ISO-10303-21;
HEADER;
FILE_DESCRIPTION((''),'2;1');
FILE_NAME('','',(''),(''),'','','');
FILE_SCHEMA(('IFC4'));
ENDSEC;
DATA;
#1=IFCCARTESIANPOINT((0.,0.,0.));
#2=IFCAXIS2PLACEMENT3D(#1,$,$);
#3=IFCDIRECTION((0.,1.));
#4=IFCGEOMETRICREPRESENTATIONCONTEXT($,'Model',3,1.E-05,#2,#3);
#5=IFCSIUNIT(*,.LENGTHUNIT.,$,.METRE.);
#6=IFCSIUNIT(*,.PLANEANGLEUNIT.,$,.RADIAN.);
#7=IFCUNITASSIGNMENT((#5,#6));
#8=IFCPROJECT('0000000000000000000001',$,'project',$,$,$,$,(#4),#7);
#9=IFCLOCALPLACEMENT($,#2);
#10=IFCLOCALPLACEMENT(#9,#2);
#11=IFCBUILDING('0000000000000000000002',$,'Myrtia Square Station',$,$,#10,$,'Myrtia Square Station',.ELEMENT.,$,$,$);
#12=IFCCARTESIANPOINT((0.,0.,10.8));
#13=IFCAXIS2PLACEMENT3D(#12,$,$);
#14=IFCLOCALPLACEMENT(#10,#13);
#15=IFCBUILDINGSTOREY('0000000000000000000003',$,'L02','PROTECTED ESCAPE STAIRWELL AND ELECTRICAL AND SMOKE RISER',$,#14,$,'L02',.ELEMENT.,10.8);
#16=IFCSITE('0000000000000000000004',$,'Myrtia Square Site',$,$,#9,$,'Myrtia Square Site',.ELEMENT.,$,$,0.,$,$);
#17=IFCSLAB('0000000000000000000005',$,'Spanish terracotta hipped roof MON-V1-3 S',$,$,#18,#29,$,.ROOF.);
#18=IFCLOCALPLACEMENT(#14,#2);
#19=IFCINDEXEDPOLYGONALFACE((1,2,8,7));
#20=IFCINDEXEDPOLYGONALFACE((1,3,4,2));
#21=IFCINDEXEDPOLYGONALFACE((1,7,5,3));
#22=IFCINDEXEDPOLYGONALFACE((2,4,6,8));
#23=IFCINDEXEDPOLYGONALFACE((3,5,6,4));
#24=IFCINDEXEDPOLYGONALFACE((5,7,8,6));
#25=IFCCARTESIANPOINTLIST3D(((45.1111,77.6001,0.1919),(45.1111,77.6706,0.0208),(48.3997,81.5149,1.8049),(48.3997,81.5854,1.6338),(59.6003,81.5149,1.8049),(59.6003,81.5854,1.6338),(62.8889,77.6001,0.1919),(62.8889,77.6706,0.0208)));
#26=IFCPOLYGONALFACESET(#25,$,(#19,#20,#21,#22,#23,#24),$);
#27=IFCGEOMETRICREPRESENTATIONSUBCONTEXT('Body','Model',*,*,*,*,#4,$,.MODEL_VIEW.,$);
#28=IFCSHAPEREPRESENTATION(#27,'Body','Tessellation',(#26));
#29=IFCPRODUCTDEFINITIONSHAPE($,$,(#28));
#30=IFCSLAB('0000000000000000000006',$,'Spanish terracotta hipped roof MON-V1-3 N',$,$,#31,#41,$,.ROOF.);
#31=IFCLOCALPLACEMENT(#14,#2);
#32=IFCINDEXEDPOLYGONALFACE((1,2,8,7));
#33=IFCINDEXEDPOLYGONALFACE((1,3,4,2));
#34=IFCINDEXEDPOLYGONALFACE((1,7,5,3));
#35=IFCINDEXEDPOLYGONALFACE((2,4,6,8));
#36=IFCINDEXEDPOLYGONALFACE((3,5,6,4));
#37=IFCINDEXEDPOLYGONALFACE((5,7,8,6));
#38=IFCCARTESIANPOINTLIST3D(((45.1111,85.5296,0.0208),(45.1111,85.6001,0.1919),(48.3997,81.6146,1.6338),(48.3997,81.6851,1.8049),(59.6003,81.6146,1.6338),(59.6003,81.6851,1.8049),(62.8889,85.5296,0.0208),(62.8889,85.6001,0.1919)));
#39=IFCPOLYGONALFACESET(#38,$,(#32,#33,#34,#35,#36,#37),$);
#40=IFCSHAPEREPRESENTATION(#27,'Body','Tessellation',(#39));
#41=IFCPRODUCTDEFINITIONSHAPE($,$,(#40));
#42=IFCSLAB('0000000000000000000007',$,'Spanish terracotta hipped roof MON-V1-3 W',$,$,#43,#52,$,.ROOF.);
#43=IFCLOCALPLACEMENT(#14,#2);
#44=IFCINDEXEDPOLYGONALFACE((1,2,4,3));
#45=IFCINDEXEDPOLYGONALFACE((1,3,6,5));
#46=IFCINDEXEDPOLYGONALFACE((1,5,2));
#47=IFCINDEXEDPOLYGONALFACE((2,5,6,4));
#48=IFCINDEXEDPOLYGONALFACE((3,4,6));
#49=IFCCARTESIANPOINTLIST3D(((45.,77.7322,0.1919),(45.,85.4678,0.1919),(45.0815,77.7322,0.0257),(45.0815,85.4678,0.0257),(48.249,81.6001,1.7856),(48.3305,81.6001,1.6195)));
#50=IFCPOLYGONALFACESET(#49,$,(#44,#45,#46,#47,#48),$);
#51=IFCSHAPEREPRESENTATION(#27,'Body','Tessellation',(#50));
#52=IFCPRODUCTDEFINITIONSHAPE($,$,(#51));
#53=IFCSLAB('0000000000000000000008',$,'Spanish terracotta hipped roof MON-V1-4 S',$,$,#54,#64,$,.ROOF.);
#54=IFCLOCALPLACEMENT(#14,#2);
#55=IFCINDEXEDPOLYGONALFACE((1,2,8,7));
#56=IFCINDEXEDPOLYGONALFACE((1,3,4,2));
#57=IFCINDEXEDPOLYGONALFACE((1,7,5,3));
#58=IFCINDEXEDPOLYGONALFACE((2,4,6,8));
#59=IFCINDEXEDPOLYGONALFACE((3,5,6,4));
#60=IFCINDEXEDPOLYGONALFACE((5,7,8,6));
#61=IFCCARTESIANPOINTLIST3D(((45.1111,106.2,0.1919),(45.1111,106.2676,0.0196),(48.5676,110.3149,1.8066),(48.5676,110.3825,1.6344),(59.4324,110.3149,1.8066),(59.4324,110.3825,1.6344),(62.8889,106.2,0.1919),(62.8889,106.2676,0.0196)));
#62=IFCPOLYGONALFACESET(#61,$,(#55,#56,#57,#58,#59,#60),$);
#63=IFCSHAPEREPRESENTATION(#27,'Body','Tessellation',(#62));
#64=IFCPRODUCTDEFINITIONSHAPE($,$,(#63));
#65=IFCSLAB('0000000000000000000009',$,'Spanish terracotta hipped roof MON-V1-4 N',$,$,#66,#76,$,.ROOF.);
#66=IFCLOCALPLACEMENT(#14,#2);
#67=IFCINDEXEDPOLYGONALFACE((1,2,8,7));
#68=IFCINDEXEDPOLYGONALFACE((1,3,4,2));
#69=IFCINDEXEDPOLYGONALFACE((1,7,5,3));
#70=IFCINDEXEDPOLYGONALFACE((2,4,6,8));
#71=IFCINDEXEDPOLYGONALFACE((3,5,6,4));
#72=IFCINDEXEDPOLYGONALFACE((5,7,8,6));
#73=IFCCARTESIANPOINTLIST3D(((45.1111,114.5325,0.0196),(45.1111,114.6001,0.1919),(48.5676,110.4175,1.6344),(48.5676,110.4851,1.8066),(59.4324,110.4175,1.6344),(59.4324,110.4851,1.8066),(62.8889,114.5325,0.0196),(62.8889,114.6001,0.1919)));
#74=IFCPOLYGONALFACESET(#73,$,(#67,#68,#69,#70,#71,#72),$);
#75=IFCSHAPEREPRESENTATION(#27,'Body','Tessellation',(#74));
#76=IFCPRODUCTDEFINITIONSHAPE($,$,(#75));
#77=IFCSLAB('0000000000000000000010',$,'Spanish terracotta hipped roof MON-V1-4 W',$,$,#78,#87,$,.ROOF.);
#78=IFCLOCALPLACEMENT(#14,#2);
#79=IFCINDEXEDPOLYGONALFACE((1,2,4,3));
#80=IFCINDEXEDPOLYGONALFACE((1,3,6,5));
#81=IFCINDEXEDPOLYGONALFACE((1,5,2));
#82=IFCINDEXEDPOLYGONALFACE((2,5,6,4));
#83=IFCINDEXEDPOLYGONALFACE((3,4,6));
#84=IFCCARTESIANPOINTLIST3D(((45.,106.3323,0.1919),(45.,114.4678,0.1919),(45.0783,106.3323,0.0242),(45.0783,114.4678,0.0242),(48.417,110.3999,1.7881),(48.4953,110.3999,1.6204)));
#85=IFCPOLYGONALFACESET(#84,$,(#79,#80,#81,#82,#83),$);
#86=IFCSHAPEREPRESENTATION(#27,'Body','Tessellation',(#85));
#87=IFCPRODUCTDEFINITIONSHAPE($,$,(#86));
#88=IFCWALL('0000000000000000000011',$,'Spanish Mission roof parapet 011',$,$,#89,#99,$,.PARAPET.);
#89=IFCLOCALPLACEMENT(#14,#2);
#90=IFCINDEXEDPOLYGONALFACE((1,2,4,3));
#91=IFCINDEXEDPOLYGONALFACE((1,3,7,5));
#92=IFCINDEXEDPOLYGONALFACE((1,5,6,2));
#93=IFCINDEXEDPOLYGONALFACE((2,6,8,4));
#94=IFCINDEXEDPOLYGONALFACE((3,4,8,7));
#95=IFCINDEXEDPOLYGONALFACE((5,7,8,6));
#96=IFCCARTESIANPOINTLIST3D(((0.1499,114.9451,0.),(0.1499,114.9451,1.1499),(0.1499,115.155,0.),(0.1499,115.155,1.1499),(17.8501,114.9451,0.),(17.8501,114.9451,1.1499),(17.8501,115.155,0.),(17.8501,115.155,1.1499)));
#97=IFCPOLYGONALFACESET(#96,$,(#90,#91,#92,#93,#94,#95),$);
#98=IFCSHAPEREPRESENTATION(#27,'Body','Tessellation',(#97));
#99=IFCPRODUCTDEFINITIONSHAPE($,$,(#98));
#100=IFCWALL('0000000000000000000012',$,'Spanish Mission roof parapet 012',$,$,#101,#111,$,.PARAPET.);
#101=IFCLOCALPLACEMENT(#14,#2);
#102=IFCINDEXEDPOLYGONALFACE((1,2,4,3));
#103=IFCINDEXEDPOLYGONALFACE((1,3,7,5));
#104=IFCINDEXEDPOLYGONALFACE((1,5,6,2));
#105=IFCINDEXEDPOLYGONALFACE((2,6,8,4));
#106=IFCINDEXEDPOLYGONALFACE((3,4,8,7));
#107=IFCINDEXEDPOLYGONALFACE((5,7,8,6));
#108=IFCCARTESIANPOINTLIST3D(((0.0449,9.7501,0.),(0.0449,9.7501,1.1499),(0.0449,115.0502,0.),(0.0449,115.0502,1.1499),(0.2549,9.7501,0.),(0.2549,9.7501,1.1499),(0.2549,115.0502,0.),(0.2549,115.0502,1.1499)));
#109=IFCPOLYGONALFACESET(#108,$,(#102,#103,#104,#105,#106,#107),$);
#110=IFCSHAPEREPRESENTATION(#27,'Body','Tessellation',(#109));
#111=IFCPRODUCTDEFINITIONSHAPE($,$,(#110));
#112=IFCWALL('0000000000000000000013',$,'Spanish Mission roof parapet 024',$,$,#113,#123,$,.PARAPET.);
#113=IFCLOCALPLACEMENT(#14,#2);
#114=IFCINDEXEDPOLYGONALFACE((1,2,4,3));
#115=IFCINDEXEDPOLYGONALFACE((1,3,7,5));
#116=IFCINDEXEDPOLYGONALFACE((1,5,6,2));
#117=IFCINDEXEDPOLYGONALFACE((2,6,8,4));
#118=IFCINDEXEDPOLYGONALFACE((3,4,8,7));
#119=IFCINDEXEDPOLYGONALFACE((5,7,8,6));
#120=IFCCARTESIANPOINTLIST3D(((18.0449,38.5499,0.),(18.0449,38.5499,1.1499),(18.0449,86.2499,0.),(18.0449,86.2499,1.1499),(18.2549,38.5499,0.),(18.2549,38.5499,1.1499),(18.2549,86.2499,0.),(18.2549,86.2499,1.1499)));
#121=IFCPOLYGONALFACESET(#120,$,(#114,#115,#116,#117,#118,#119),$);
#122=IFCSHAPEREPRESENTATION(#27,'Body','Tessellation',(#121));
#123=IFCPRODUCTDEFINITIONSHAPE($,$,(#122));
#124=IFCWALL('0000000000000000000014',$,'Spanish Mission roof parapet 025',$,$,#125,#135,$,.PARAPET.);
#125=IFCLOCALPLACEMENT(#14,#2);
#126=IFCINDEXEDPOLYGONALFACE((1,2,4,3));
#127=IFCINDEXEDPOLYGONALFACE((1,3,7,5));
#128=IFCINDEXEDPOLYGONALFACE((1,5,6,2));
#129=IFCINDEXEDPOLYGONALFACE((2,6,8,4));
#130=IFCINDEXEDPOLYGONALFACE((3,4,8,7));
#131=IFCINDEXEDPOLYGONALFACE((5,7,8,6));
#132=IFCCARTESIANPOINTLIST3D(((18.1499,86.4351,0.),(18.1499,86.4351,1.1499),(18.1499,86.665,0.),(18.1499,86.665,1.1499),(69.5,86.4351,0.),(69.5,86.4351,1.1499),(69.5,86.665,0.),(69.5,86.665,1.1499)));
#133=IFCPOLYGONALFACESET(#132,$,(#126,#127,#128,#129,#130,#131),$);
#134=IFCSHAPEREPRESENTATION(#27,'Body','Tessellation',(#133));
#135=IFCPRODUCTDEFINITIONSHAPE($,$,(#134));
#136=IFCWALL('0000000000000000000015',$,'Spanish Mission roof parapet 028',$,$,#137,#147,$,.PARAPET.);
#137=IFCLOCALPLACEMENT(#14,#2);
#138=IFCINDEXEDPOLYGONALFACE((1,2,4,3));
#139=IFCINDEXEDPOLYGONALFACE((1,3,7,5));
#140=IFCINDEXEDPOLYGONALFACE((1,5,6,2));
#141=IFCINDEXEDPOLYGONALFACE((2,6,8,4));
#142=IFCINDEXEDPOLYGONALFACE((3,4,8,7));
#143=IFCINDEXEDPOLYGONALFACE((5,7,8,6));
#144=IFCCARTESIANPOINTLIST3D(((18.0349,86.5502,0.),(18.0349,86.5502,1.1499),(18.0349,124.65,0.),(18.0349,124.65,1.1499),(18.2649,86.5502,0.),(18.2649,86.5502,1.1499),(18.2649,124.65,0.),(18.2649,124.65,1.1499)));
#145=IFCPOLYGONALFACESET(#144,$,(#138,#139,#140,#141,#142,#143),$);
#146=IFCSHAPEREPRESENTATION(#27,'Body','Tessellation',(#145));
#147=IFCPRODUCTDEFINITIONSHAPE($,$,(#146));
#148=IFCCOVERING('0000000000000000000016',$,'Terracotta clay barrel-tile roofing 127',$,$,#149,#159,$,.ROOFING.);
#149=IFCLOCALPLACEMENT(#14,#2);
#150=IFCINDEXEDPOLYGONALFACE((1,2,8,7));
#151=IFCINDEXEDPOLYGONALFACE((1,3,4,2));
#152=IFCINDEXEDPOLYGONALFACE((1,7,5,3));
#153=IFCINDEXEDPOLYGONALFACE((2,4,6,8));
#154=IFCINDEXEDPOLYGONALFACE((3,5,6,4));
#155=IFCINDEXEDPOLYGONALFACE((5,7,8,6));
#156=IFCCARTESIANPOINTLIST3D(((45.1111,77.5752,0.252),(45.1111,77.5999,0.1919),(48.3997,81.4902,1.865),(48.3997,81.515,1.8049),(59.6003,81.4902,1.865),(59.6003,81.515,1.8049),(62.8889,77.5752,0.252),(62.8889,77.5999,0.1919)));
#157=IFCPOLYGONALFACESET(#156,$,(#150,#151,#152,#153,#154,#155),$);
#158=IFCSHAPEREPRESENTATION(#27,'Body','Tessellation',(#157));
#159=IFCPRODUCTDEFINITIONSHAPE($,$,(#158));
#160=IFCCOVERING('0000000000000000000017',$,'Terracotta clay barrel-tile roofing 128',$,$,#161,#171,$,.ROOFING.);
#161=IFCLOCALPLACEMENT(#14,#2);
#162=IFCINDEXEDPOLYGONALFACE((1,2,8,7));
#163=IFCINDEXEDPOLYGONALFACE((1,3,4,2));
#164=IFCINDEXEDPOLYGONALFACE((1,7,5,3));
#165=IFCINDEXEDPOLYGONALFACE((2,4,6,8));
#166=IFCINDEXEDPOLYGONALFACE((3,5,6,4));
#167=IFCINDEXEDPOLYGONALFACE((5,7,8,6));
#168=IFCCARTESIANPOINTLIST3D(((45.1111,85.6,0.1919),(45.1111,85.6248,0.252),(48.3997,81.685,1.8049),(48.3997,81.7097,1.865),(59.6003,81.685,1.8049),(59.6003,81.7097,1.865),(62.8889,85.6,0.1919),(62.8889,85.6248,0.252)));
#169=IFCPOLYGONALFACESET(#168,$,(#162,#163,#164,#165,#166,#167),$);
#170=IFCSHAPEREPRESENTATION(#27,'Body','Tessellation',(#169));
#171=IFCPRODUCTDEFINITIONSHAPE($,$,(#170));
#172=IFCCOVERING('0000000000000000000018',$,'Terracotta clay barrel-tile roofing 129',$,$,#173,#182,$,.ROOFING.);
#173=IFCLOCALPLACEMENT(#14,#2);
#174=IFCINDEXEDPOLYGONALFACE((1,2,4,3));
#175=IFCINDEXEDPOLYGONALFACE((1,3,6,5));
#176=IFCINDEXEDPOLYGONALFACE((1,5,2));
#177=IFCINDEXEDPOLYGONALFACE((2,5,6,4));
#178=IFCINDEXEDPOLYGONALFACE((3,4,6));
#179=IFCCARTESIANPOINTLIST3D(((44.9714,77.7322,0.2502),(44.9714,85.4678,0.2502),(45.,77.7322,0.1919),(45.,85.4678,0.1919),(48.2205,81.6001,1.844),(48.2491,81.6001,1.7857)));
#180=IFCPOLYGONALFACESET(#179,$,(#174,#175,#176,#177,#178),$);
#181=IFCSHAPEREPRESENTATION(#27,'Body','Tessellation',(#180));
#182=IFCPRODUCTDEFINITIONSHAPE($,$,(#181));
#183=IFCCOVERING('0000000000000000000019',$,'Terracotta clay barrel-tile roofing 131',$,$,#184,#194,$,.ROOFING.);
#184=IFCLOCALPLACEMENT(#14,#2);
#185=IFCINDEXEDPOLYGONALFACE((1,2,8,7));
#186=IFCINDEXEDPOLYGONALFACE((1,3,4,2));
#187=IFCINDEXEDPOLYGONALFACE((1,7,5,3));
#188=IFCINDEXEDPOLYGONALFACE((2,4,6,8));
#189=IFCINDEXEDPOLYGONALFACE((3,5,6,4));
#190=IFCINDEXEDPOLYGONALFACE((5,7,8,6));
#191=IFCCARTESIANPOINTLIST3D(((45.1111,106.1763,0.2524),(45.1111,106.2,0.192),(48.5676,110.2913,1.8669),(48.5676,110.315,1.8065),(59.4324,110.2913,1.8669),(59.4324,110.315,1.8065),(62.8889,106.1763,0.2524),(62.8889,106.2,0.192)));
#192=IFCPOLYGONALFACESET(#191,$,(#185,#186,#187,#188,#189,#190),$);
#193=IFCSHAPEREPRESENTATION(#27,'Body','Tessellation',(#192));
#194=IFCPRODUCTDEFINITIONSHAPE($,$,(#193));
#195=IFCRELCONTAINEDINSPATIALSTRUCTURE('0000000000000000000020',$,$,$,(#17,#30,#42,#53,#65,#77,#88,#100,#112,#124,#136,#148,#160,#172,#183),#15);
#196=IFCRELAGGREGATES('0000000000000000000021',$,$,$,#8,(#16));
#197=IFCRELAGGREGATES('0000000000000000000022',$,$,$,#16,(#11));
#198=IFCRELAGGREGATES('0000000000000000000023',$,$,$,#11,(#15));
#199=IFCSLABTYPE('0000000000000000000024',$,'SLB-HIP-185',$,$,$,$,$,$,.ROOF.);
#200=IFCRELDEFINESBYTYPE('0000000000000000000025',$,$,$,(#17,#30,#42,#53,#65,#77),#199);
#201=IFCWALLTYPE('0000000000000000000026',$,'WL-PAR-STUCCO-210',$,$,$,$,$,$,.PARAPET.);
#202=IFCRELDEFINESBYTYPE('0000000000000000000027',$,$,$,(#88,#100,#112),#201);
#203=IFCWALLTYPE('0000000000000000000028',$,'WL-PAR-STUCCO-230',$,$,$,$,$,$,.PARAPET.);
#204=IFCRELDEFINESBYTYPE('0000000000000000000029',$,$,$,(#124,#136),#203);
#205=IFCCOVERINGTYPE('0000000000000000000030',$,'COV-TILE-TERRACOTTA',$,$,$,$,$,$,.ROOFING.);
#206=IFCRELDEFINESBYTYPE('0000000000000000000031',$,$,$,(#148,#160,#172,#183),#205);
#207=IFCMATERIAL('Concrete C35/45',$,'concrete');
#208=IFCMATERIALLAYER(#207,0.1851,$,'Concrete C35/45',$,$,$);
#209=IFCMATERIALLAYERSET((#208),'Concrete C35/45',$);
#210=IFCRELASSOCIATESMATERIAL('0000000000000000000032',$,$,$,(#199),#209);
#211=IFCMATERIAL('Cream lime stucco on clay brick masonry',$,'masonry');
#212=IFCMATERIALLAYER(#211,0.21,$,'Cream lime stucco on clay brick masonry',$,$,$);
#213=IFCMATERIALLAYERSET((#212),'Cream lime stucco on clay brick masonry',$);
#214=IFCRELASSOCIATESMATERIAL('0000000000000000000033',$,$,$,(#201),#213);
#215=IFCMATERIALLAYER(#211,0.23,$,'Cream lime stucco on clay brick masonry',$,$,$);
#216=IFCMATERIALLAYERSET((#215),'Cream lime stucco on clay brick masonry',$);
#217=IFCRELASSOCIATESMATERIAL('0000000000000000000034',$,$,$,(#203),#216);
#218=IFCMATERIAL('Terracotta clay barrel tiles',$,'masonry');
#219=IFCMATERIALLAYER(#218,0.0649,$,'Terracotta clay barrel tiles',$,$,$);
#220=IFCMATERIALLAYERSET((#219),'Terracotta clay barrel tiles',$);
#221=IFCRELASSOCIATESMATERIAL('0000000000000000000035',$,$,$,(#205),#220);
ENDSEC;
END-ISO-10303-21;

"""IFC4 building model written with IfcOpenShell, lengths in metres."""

from ifc_helpers import new_model, si_unit, direction, frame, frame_2d, origin, place, context, subcontext, project, spatial, polyline, rectangle, outline, extrude, material, layer, layer_set, type_object, element, save


model = new_model("IFC4")

# Units and contexts
model_context = context("Model", 3, precision=1e-05, world=origin(), true_north=direction((0.0, 1.0)))
body_context = subcontext(model_context, "Body", "Model", "MODEL_VIEW")
ifc_project = project(units=[si_unit("LENGTHUNIT", "METRE"), si_unit("PLANEANGLEUNIT", "RADIAN")], contexts=[model_context])

# Site, building, storey
site_placement = place(None, origin())
site = spatial("IfcSite", under=ifc_project, at=site_placement, Name="Myrtia Square Site", LongName="Myrtia Square Site", CompositionType="ELEMENT", RefElevation=0.0)
building_placement = place(site_placement, origin())
building = spatial("IfcBuilding", under=site, at=building_placement, Name="Myrtia Square Station", LongName="Myrtia Square Station", CompositionType="ELEMENT")
storey_placement = place(building_placement, frame((0.0, 0.0, 10.8)))
storey = spatial("IfcBuildingStorey", under=building, at=storey_placement, Name="L02", Description="PROTECTED ESCAPE STAIRWELL AND ELECTRICAL AND SMOKE RISER", LongName="L02", CompositionType="ELEMENT", Elevation=10.8)

# Slabs
ifc_material_1 = material(Name="Concrete C35/45", Category="concrete")
ifc_layer_1 = layer(ifc_material_1, 0.1851, Name="Concrete C35/45")
ifc_layer_set_1 = layer_set([ifc_layer_1], Name="Concrete C35/45")
slab_type = type_object("IfcSlabType", Name="SLB-HIP-185", PredefinedType="ROOF", material=ifc_layer_set_1)
slab_1_placement = place(storey_placement, frame((45.1111, 77.6001, 0.1919), z_axis=(0.0, -0.380964, 0.92459), x_axis=(1.0, 0.0, 0.0)))
element("IfcSlab", 1, at=slab_1_placement, inside=storey, type_object=slab_type, Name="Spanish terracotta hipped roof MON-V1-3 S", PredefinedType="ROOF", context=body_context, shape_type="SweptSolid", body=[
    extrude(outline(polyline([(0.0, 0.0), (17.7778, 0.0), (14.4893, 4.2341), (3.2886, 4.2341), (0.0, 0.0)])), origin(), (0.0, 0.0, -1.0), 0.1851),
])
slab_2_placement = place(storey_placement, frame((62.8889, 85.6001, 0.1919), z_axis=(0.0, 0.380944, 0.924598), x_axis=(-1.0, 0.0, 0.0)))
element("IfcSlab", 2, at=slab_2_placement, inside=storey, type_object=slab_type, Name="Spanish terracotta hipped roof MON-V1-3 N", PredefinedType="ROOF", context=body_context, shape_type="SweptSolid", body=[
    extrude(outline(polyline([(0.0, 0.0), (17.7778, 0.0), (14.4893, 4.2343), (3.2886, 4.2343), (0.0, 0.0)])), origin(), (0.0, 0.0, -1.0), 0.1851),
])
slab_3_placement = place(storey_placement, frame((45.0, 85.4678, 0.1919), z_axis=(-0.4404, 0.0, 0.897801), x_axis=(0.0, -1.0, 0.0)))
element("IfcSlab", 3, at=slab_3_placement, inside=storey, type_object=slab_type, Name="Spanish terracotta hipped roof MON-V1-3 W", PredefinedType="ROOF", context=body_context, shape_type="SweptSolid", body=[
    extrude(outline(polyline([(0.0, 0.0), (7.7356, 0.0), (3.8677, 3.6189), (0.0, 0.0)])), origin(), (0.0, 0.0, -1.0), 0.1851),
])
for number, where, z_axis, x_axis, name in (
    (4, (45.1111, 106.2, 0.1919), (0.0, -0.365288, 0.930894), (1.0, 0.0, 0.0), "Spanish terracotta hipped roof MON-V1-4 S"),
    (5, (62.8889, 114.6001, 0.1919), (0.0, 0.365288, 0.930894), (-1.0, 0.0, 0.0), "Spanish terracotta hipped roof MON-V1-4 N"),
):
    element("IfcSlab", number, at=place(storey_placement, frame(where, z_axis=z_axis, x_axis=x_axis)), inside=storey, type_object=slab_type, Name=name, PredefinedType="ROOF", context=body_context, shape_type="SweptSolid", body=[
        extrude(outline(polyline([(0.0, 0.0), (17.7778, 0.0), (14.3213, 4.4205), (3.4565, 4.4205), (0.0, 0.0)])), origin(), (0.0, 0.0, -1.0), 0.1851),
    ])
slab_4_placement = place(storey_placement, frame((45.0, 114.4678, 0.1919), z_axis=(-0.423233, 0.0, 0.906021), x_axis=(0.0, -1.0, 0.0)))
element("IfcSlab", 6, at=slab_4_placement, inside=storey, type_object=slab_type, Name="Spanish terracotta hipped roof MON-V1-4 W", PredefinedType="ROOF", context=body_context, shape_type="SweptSolid", body=[
    extrude(outline(polyline([(0.0, 0.0), (8.1355, 0.0), (4.0679, 3.7714), (0.0, 0.0)])), origin(), (0.0, 0.0, -1.0), 0.1851),
])

# Walls
ifc_material_2 = material(Name="Cream lime stucco on clay brick masonry", Category="masonry")
ifc_layer_2 = layer(ifc_material_2, 0.21, Name="Cream lime stucco on clay brick masonry")
ifc_layer_set_2 = layer_set([ifc_layer_2], Name="Cream lime stucco on clay brick masonry")
wall_type_1 = type_object("IfcWallType", Name="WL-PAR-STUCCO-210", PredefinedType="PARAPET", material=ifc_layer_set_2)
wall_1_placement = place(storey_placement, frame((17.8501, 115.05, 0.0), z_axis=(0.0, 0.0, 1.0), x_axis=(-1.0, 0.0, 0.0)))
element("IfcWall", 7, at=wall_1_placement, inside=storey, type_object=wall_type_1, Name="Spanish Mission roof parapet 011", PredefinedType="PARAPET", context=body_context, shape_type="SweptSolid", body=[
    extrude(rectangle(XDim=17.7002, YDim=0.21, at=frame_2d((8.8501, 0.0))), origin(), (0.0, 0.0, 1.0), 1.1499),
])
wall_2_placement = place(storey_placement, frame((0.1499, 115.05, 0.0), z_axis=(0.0, 0.0, 1.0), x_axis=(0.0, -1.0, 0.0)))
element("IfcWall", 8, at=wall_2_placement, inside=storey, type_object=wall_type_1, Name="Spanish Mission roof parapet 012", PredefinedType="PARAPET", context=body_context, shape_type="SweptSolid", body=[
    extrude(rectangle(XDim=105.3, YDim=0.21, at=frame_2d((52.6499, 0.0))), origin(), (0.0, 0.0, 1.0), 1.1499),
])
wall_3_placement = place(storey_placement, frame((18.1499, 86.25, 0.0), z_axis=(0.0, 0.0, 1.0), x_axis=(0.0, -1.0, 0.0)))
element("IfcWall", 9, at=wall_3_placement, inside=storey, type_object=wall_type_1, Name="Spanish Mission roof parapet 024", PredefinedType="PARAPET", context=body_context, shape_type="SweptSolid", body=[
    extrude(rectangle(XDim=47.7, YDim=0.21, at=frame_2d((23.8501, 0.0))), origin(), (0.0, 0.0, 1.0), 1.1499),
])
ifc_layer_3 = layer(ifc_material_2, 0.23, Name="Cream lime stucco on clay brick masonry")
ifc_layer_set_3 = layer_set([ifc_layer_3], Name="Cream lime stucco on clay brick masonry")
wall_type_2 = type_object("IfcWallType", Name="WL-PAR-STUCCO-230", PredefinedType="PARAPET", material=ifc_layer_set_3)
wall_4_placement = place(storey_placement, frame((18.1499, 86.55, 0.0), z_axis=(0.0, 0.0, 1.0), x_axis=(1.0, 0.0, 0.0)))
element("IfcWall", 10, at=wall_4_placement, inside=storey, type_object=wall_type_2, Name="Spanish Mission roof parapet 025", PredefinedType="PARAPET", context=body_context, shape_type="SweptSolid", body=[
    extrude(rectangle(XDim=51.3501, YDim=0.23, at=frame_2d((25.675, 0.0))), origin(), (0.0, 0.0, 1.0), 1.1499),
])
wall_5_placement = place(storey_placement, frame((18.1499, 124.6499, 0.0), z_axis=(0.0, 0.0, 1.0), x_axis=(0.0, -1.0, 0.0)))
element("IfcWall", 11, at=wall_5_placement, inside=storey, type_object=wall_type_2, Name="Spanish Mission roof parapet 028", PredefinedType="PARAPET", context=body_context, shape_type="SweptSolid", body=[
    extrude(rectangle(XDim=38.0999, YDim=0.23, at=frame_2d((19.0498, 0.0))), origin(), (0.0, 0.0, 1.0), 1.1499),
])

# Coverings
ifc_material_3 = material(Name="Terracotta clay barrel tiles", Category="masonry")
ifc_layer_4 = layer(ifc_material_3, 0.0649, Name="Terracotta clay barrel tiles")
ifc_layer_set_4 = layer_set([ifc_layer_4], Name="Terracotta clay barrel tiles")
covering_type = type_object("IfcCoveringType", Name="COV-TILE-TERRACOTTA", PredefinedType="ROOFING", material=ifc_layer_set_4)
for number, where, z_axis, x_axis, name in (
    (12, (45.1111, 77.5752, 0.252), (0.0, -0.380944, 0.924598), (1.0, 0.0, 0.0), "Terracotta clay barrel-tile roofing 127"),
    (13, (62.8889, 85.6248, 0.252), (0.0, 0.380944, 0.924598), (-1.0, 0.0, 0.0), "Terracotta clay barrel-tile roofing 128"),
):
    element("IfcCovering", number, at=place(storey_placement, frame(where, z_axis=z_axis, x_axis=x_axis)), inside=storey, type_object=covering_type, Name=name, PredefinedType="ROOFING", context=body_context, shape_type="SweptSolid", body=[
        extrude(outline(polyline([(0.0, 0.0), (17.7778, 0.0), (14.4893, 4.2343), (3.2886, 4.2343), (0.0, 0.0)])), origin(), (0.0, 0.0, -1.0), 0.0649),
    ])
covering_1_placement = place(storey_placement, frame((44.9714, 85.4678, 0.2502), z_axis=(-0.4404, 0.0, 0.897801), x_axis=(0.0, -1.0, 0.0)))
element("IfcCovering", 14, at=covering_1_placement, inside=storey, type_object=covering_type, Name="Terracotta clay barrel-tile roofing 129", PredefinedType="ROOFING", context=body_context, shape_type="SweptSolid", body=[
    extrude(outline(polyline([(0.0, 0.0), (7.7356, 0.0), (3.8677, 3.6189), (0.0, 0.0)])), origin(), (0.0, 0.0, -1.0), 0.0649),
])
for number, where, z_axis, x_axis, name in (
    (15, (45.1111, 106.1763, 0.2524), (0.0, -0.365241, 0.930913), (1.0, 0.0, 0.0), "Terracotta clay barrel-tile roofing 131"),
):
    element("IfcCovering", number, at=place(storey_placement, frame(where, z_axis=z_axis, x_axis=x_axis)), inside=storey, type_object=covering_type, Name=name, PredefinedType="ROOFING", context=body_context, shape_type="SweptSolid", body=[
        extrude(outline(polyline([(0.0, 0.0), (17.7778, 0.0), (14.3213, 4.4204), (3.4565, 4.4204), (0.0, 0.0)])), origin(), (0.0, 0.0, -1.0), 0.0649),
    ])

save(model, "model.ifc")
